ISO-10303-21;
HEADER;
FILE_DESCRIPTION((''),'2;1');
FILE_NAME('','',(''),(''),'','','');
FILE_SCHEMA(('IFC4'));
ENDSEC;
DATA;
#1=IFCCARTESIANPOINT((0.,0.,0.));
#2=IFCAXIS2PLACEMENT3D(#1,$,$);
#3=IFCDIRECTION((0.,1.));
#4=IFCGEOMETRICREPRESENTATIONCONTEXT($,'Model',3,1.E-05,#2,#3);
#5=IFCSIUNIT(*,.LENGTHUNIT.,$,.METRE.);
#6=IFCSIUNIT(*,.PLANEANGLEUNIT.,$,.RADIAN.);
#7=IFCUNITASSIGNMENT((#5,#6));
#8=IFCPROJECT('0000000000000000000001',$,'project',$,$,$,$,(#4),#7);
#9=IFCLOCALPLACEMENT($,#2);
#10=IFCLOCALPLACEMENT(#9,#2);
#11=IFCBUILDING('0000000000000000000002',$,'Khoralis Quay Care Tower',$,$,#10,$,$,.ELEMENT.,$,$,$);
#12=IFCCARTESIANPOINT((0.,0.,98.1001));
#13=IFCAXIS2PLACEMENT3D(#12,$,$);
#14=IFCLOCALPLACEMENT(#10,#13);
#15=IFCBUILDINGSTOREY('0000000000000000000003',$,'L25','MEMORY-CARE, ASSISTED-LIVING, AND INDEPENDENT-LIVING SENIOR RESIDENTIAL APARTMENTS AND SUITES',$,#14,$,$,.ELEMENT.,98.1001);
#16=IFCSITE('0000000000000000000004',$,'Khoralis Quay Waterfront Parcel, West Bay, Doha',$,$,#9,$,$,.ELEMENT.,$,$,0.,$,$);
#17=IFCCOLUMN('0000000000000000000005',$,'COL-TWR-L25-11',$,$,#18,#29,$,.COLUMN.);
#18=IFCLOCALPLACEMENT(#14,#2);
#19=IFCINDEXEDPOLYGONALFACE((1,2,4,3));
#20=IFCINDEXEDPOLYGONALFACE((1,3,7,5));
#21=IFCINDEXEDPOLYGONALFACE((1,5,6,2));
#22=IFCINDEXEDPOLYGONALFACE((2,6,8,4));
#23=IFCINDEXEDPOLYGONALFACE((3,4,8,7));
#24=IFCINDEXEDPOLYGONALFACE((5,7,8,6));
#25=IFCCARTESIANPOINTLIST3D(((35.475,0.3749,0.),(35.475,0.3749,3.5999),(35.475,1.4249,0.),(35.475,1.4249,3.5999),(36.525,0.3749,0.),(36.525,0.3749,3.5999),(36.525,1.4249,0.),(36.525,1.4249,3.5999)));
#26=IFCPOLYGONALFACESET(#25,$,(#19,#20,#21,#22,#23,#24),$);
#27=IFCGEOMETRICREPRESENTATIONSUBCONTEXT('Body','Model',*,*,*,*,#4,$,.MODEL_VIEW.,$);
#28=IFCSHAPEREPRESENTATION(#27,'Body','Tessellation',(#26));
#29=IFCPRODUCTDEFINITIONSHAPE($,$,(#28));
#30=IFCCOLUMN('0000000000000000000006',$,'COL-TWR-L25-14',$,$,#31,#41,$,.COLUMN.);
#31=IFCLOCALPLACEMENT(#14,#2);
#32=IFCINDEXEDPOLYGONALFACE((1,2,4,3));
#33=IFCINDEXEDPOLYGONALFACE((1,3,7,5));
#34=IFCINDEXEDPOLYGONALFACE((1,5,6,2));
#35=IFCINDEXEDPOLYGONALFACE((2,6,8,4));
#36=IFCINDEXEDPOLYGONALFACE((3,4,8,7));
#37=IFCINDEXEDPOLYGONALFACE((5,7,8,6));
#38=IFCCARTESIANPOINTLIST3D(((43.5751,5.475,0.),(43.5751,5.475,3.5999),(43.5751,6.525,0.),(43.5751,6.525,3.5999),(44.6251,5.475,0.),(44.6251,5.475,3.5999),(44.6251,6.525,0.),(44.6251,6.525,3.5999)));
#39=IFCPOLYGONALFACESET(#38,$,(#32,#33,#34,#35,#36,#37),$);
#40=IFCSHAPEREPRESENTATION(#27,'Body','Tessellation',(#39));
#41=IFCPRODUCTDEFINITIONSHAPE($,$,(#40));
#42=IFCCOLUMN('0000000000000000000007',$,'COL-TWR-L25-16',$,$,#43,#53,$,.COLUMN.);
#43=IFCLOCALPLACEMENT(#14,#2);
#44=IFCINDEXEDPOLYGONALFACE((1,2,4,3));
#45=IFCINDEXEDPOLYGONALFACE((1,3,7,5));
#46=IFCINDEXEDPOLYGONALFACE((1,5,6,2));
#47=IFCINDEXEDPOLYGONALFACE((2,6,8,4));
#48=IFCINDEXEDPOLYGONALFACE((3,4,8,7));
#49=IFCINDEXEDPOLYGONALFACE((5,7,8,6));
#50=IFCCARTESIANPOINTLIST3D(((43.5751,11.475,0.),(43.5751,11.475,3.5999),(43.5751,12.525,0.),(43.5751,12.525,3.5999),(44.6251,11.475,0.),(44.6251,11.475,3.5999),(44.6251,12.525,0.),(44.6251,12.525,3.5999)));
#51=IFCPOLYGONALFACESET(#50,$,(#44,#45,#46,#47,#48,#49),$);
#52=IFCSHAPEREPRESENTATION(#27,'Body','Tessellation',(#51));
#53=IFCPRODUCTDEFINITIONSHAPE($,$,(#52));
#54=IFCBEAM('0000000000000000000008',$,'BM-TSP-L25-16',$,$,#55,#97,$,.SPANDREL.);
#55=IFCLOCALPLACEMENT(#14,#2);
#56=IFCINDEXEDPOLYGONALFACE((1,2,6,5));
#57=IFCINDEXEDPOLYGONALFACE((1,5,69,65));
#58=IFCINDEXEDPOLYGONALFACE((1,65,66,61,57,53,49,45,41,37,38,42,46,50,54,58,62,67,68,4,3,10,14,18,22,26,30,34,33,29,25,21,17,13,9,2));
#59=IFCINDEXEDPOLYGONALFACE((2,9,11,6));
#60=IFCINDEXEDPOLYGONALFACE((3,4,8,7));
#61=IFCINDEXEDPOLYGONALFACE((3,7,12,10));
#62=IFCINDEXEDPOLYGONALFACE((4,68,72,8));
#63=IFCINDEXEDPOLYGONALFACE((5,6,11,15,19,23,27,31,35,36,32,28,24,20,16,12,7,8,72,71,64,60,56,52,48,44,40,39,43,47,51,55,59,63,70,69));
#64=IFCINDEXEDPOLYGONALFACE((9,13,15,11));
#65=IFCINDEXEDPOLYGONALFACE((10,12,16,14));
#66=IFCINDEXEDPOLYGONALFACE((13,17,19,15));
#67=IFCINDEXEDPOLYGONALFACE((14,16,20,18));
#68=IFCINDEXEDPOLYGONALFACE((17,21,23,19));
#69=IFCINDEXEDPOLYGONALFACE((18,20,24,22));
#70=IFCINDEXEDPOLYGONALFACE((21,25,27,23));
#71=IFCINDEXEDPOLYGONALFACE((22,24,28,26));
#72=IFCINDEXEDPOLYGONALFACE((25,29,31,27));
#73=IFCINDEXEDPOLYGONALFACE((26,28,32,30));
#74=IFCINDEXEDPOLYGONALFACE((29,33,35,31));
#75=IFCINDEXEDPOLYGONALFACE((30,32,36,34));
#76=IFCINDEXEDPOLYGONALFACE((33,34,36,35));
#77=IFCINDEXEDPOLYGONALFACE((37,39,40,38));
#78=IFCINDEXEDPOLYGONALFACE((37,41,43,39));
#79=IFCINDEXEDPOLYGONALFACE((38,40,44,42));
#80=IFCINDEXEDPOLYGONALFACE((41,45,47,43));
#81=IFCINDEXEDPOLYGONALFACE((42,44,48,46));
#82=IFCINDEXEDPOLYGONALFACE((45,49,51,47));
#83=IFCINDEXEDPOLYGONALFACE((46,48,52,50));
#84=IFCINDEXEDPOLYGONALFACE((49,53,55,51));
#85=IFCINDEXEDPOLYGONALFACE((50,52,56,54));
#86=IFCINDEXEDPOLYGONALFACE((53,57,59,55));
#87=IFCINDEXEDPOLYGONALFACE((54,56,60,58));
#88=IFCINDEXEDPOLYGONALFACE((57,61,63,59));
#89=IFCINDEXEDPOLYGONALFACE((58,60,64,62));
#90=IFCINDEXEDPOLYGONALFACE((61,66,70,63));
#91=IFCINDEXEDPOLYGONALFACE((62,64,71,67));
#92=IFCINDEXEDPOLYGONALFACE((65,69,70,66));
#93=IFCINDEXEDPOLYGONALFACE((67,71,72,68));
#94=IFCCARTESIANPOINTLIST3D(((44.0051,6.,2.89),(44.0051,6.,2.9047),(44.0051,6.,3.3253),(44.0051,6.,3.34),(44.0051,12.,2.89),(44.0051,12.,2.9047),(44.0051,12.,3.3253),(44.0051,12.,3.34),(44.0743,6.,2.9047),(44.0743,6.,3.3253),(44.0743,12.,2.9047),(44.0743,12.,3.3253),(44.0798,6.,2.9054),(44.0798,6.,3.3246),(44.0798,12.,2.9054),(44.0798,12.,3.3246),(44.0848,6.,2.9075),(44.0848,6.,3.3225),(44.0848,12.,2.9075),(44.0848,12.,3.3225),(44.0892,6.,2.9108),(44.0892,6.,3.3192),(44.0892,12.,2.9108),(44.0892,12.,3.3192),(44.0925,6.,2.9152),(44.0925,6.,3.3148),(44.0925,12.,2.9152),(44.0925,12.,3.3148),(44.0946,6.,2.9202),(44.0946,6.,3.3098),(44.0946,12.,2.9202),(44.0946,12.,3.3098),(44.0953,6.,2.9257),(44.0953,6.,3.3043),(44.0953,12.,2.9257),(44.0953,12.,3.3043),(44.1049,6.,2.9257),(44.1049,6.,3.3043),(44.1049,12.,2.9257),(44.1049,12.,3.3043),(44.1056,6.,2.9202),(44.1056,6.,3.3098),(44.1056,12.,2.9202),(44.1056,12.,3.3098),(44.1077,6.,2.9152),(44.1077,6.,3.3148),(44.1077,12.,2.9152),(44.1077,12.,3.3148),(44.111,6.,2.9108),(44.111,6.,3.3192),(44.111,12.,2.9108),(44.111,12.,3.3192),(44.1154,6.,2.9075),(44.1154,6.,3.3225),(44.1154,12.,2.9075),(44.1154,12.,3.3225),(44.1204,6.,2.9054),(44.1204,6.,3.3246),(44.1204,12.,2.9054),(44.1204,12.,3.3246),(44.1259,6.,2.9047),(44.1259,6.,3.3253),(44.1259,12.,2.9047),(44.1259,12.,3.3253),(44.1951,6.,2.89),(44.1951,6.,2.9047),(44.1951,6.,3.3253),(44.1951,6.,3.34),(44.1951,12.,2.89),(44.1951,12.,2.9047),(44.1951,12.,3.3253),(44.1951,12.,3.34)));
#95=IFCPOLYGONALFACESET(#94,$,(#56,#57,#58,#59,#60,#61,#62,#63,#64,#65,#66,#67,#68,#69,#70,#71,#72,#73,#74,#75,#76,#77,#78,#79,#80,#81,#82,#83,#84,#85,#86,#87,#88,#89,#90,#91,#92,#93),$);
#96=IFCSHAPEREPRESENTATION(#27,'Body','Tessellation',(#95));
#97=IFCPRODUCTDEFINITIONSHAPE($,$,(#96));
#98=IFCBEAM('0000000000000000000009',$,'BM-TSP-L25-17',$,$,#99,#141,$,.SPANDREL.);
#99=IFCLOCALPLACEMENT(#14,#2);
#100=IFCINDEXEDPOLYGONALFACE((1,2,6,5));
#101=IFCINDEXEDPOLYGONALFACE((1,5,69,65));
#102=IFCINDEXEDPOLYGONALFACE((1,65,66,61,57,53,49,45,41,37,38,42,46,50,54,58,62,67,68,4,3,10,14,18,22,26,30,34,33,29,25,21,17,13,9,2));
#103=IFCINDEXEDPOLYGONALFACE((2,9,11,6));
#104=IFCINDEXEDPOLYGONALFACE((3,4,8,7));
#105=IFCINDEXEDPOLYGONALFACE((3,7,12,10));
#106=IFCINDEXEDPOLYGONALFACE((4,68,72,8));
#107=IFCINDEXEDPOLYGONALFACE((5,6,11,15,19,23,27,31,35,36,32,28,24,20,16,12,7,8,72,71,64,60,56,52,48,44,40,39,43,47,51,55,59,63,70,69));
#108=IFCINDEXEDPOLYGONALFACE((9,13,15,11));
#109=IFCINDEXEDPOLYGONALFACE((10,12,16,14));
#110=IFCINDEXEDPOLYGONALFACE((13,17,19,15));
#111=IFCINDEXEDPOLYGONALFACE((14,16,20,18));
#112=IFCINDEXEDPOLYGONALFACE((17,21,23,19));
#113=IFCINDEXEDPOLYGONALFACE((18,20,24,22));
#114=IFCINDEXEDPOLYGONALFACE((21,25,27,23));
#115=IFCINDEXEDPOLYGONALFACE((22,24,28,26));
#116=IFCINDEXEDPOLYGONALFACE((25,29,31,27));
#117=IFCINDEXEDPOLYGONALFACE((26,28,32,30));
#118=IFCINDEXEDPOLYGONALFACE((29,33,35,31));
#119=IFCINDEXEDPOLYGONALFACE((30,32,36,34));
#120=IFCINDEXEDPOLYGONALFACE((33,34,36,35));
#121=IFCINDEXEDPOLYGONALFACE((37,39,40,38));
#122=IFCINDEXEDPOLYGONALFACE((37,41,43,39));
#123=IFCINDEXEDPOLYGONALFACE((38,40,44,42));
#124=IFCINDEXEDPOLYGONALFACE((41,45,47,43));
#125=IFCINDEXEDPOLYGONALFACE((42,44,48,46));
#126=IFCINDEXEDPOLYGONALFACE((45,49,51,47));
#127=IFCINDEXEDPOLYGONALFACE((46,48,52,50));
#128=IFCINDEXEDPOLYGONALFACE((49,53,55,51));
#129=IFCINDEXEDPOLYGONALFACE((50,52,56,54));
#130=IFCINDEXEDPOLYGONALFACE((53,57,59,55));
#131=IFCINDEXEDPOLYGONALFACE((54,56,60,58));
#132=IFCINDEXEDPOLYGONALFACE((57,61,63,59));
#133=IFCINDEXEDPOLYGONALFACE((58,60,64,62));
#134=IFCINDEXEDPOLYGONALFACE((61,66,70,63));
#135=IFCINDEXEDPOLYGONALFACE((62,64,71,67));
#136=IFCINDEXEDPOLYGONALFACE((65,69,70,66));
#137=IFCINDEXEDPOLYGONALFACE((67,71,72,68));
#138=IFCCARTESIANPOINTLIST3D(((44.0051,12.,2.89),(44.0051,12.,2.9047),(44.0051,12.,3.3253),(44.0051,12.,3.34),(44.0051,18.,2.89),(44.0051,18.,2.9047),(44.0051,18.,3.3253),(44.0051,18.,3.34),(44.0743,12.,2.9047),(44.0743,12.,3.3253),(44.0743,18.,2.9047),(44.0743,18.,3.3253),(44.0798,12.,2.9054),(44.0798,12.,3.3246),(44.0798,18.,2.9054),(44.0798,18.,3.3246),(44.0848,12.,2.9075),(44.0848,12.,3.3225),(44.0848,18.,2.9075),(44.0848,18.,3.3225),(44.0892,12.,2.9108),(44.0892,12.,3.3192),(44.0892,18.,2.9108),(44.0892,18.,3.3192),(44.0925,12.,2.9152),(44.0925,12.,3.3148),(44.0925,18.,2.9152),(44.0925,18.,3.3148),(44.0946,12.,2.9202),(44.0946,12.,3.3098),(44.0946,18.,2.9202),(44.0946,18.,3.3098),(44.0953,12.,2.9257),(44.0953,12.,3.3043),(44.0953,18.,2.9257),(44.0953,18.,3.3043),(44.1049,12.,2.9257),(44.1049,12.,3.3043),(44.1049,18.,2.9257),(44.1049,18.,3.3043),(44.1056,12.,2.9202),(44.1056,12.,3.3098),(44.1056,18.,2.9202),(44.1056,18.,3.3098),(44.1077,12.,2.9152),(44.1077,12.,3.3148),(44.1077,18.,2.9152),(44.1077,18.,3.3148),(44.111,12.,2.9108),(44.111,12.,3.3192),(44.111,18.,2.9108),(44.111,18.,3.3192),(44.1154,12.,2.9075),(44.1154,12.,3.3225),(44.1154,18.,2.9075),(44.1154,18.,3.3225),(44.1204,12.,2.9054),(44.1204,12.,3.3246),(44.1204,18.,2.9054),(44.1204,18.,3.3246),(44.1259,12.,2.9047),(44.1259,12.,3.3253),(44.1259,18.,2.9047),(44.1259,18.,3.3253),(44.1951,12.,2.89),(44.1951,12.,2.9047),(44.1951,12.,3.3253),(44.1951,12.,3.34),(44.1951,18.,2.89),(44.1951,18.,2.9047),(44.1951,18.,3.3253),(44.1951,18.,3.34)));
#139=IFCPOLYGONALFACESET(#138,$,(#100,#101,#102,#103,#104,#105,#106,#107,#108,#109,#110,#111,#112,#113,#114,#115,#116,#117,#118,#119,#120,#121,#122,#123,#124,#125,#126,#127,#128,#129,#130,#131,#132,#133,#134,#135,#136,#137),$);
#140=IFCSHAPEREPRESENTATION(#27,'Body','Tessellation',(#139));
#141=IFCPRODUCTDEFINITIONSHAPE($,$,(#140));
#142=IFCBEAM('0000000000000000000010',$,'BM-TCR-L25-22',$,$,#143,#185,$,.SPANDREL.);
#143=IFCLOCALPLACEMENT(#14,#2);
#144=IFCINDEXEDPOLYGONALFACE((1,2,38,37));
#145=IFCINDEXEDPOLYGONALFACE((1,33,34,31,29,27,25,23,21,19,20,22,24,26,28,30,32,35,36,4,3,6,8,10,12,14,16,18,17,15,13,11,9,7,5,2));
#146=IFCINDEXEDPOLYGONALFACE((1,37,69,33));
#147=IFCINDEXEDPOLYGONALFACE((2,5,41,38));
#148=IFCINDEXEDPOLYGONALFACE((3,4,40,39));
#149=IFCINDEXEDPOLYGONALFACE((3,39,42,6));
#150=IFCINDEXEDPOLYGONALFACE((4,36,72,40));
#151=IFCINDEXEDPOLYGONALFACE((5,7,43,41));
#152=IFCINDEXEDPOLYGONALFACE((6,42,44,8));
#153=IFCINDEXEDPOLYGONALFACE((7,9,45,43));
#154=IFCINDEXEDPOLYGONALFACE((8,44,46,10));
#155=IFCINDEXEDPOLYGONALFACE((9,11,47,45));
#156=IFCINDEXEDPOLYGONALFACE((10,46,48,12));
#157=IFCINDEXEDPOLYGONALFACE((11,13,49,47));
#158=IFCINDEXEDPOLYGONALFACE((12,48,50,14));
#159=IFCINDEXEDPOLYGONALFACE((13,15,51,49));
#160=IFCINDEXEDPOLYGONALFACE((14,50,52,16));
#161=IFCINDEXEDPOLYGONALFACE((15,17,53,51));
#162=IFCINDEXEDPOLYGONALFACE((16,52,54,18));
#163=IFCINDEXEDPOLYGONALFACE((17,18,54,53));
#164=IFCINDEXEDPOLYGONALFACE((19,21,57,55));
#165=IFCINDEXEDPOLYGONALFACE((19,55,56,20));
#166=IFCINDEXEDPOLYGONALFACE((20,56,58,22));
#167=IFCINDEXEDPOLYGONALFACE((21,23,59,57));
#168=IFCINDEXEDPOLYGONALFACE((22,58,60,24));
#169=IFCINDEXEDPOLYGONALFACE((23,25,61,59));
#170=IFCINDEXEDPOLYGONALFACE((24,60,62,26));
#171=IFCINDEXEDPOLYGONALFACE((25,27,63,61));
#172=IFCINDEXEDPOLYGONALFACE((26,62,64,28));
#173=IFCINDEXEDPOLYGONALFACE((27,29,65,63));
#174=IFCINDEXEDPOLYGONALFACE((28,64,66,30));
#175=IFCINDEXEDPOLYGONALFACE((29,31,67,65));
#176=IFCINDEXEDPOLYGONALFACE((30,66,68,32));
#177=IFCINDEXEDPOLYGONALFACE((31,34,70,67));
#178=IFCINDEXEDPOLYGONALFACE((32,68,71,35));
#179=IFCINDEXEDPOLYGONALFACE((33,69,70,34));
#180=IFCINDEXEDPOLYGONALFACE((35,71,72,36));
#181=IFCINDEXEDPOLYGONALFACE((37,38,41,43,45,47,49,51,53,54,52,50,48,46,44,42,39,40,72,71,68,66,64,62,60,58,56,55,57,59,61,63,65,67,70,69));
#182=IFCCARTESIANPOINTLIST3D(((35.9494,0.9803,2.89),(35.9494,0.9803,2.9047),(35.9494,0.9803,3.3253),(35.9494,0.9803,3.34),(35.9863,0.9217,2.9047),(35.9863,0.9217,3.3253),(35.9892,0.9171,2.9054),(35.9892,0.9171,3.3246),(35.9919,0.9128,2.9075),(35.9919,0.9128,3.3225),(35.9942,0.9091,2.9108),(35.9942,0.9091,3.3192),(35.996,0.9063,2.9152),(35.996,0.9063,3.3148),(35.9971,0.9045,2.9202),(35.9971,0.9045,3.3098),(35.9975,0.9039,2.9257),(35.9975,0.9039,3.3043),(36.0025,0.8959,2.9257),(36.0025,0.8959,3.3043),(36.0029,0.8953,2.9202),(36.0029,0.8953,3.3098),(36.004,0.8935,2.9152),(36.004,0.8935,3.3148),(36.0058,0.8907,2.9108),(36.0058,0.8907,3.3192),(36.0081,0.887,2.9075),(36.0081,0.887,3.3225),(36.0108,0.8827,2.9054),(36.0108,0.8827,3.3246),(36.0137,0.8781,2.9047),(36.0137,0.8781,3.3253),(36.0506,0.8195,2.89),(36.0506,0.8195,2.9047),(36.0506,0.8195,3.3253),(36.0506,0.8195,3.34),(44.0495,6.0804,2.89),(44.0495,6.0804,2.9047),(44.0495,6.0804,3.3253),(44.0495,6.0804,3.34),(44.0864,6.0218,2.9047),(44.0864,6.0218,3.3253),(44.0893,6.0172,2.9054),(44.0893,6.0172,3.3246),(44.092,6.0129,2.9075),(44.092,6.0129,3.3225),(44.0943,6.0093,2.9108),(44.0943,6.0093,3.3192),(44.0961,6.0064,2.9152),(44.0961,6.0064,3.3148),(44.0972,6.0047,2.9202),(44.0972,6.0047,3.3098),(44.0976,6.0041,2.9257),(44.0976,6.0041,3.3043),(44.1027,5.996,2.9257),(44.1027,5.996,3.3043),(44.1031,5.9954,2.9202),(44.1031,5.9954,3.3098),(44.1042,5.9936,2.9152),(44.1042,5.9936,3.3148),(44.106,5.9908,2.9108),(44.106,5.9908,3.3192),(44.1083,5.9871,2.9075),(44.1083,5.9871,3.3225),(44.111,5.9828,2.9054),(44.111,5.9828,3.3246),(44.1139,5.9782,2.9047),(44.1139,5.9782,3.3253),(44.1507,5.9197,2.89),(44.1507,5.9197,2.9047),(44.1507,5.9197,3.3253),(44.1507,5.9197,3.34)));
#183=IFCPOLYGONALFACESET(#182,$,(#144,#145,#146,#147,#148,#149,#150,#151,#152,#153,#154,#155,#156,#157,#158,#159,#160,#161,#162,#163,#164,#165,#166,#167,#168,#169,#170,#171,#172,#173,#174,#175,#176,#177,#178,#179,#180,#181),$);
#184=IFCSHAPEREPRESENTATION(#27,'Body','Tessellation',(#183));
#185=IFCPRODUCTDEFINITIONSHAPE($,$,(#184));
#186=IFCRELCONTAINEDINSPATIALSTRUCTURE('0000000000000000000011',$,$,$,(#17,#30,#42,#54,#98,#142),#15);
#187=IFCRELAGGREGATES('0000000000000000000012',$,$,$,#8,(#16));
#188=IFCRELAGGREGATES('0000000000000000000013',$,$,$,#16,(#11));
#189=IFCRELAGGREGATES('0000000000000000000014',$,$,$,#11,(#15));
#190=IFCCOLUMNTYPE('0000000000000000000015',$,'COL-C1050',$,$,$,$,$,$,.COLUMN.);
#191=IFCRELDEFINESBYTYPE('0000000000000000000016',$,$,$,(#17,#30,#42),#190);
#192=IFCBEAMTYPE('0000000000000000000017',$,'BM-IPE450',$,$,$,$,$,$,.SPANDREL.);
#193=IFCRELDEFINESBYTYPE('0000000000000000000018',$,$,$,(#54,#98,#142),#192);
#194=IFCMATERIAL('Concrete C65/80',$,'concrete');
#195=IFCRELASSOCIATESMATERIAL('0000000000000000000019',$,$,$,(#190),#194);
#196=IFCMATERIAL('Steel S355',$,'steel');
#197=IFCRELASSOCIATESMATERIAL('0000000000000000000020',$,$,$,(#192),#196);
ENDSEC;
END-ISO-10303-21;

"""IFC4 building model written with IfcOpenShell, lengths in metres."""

from ifc_helpers import new_model, si_unit, direction, frame, origin, origin_2d, place, context, subcontext, project, spatial, rectangle, i_section, extrude, source, transform, mapped, material, material_profile, profile_set, type_object, element, save


model = new_model("IFC4")

# Units and contexts
model_context = context("Model", 3, precision=1e-05, world=origin(), true_north=direction((0.0, 1.0)))
body_context = subcontext(model_context, "Body", "Model", "MODEL_VIEW")
ifc_project = project(units=[si_unit("LENGTHUNIT", "METRE"), si_unit("PLANEANGLEUNIT", "RADIAN")], contexts=[model_context])

# Site, building, storey
site_placement = place(None, origin())
site = spatial("IfcSite", under=ifc_project, at=site_placement, Name="Khoralis Quay Waterfront Parcel, West Bay, Doha", CompositionType="ELEMENT", RefElevation=0.0)
building_placement = place(site_placement, origin())
building = spatial("IfcBuilding", under=site, at=building_placement, Name="Khoralis Quay Care Tower", CompositionType="ELEMENT")
storey_placement = place(building_placement, frame((0.0, 0.0, 98.1001)))
storey = spatial("IfcBuildingStorey", under=building, at=storey_placement, Name="L25", Description="MEMORY-CARE, ASSISTED-LIVING, AND INDEPENDENT-LIVING SENIOR RESIDENTIAL APARTMENTS AND SUITES", CompositionType="ELEMENT", Elevation=98.1001)

# Columns
ifc_material_1 = material(Name="Concrete C65/80", Category="concrete")
ifc_material_profile_1 = material_profile(ifc_material_1, rectangle(XDim=1.05, YDim=1.05, at=origin_2d()), Name="Concrete C65/80")
ifc_profile_set_1 = profile_set([ifc_material_profile_1], Name="Concrete C65/80")
column_type = type_object("IfcColumnType", Name="COL-C1050", PredefinedType="COLUMN", material=ifc_profile_set_1)
shared_shape_1 = source(origin(), body_context, "Body", "SweptSolid", [
    extrude(rectangle(XDim=1.05, YDim=1.05, at=origin_2d()), origin(), (0.0, 0.0, 1.0), 3.5999),
])
for number, where, z_axis, x_axis, name in (
    (1, (36.0, 0.8999, 0.0), (0.0, 0.0, 1.0), (1.0, 0.0, 0.0), "COL-TWR-L25-11"),
    (2, (44.1001, 6.0, 0.0), (0.0, 0.0, 1.0), (1.0, 0.0, 0.0), "COL-TWR-L25-14"),
    (3, (44.1001, 12.0, 0.0), (0.0, 0.0, 1.0), (1.0, 0.0, 0.0), "COL-TWR-L25-16"),
):
    element("IfcColumn", number, at=place(storey_placement, frame(where, z_axis=z_axis, x_axis=x_axis)), inside=storey, type_object=column_type, Name=name, PredefinedType="COLUMN", context=body_context, shape_type="MappedRepresentation", body=[
        mapped(shared_shape_1, transform((0.0, 0.0, 0.0), scale=1.0)),
    ])

# Beams
ifc_material_2 = material(Name="Steel S355", Category="steel")
ifc_material_profile_2 = material_profile(ifc_material_2, i_section(OverallWidth=0.1899, OverallDepth=0.45, WebThickness=0.0095, FlangeThickness=0.0146, FilletRadius=0.021, at=origin_2d()), Name="Steel S355")
ifc_profile_set_2 = profile_set([ifc_material_profile_2], Name="Steel S355")
beam_type_1 = type_object("IfcBeamType", Name="BM-IPE450", PredefinedType="SPANDREL", material=ifc_profile_set_2)
shared_shape_2 = source(origin(), body_context, "Body", "SweptSolid", [
    extrude(i_section(OverallWidth=0.1899, OverallDepth=0.45, WebThickness=0.0095, FlangeThickness=0.0146, FilletRadius=0.021, at=origin_2d()), origin(), (0.0, 0.0, 1.0), 6.0),
])
for number, where, z_axis, x_axis, name in (
    (4, (44.1001, 6.0, 3.115), (0.0, 1.0, 0.0), (-1.0, 0.0, 0.0), "BM-TSP-L25-16"),
    (5, (44.1001, 12.0, 3.115), (0.0, 1.0, 0.0), (-1.0, 0.0, 0.0), "BM-TSP-L25-17"),
):
    element("IfcBeam", number, at=place(storey_placement, frame(where, z_axis=z_axis, x_axis=x_axis)), inside=storey, type_object=beam_type_1, Name=name, PredefinedType="SPANDREL", context=body_context, shape_type="MappedRepresentation", body=[
        mapped(shared_shape_2, transform((0.0, 0.0, 0.0), scale=1.0)),
    ])
shared_shape_3 = source(origin(), body_context, "Body", "SweptSolid", [
    extrude(i_section(OverallWidth=0.1899, OverallDepth=0.45, WebThickness=0.0095, FlangeThickness=0.0146, FilletRadius=0.021, at=origin_2d()), origin(), (0.0, 0.0, 1.0), 9.572),
])
beam_1_placement = place(storey_placement, frame((36.0, 0.8999, 3.115), z_axis=(0.846231, 0.532816, 0.0), x_axis=(-0.532816, 0.846231, 0.0)))
element("IfcBeam", 6, at=beam_1_placement, inside=storey, type_object=beam_type_1, Name="BM-TCR-L25-22", PredefinedType="SPANDREL", context=body_context, shape_type="MappedRepresentation", body=[
    mapped(shared_shape_3, transform((0.0, 0.0, 0.0), scale=1.0)),
])

save(model, "model.ifc")
